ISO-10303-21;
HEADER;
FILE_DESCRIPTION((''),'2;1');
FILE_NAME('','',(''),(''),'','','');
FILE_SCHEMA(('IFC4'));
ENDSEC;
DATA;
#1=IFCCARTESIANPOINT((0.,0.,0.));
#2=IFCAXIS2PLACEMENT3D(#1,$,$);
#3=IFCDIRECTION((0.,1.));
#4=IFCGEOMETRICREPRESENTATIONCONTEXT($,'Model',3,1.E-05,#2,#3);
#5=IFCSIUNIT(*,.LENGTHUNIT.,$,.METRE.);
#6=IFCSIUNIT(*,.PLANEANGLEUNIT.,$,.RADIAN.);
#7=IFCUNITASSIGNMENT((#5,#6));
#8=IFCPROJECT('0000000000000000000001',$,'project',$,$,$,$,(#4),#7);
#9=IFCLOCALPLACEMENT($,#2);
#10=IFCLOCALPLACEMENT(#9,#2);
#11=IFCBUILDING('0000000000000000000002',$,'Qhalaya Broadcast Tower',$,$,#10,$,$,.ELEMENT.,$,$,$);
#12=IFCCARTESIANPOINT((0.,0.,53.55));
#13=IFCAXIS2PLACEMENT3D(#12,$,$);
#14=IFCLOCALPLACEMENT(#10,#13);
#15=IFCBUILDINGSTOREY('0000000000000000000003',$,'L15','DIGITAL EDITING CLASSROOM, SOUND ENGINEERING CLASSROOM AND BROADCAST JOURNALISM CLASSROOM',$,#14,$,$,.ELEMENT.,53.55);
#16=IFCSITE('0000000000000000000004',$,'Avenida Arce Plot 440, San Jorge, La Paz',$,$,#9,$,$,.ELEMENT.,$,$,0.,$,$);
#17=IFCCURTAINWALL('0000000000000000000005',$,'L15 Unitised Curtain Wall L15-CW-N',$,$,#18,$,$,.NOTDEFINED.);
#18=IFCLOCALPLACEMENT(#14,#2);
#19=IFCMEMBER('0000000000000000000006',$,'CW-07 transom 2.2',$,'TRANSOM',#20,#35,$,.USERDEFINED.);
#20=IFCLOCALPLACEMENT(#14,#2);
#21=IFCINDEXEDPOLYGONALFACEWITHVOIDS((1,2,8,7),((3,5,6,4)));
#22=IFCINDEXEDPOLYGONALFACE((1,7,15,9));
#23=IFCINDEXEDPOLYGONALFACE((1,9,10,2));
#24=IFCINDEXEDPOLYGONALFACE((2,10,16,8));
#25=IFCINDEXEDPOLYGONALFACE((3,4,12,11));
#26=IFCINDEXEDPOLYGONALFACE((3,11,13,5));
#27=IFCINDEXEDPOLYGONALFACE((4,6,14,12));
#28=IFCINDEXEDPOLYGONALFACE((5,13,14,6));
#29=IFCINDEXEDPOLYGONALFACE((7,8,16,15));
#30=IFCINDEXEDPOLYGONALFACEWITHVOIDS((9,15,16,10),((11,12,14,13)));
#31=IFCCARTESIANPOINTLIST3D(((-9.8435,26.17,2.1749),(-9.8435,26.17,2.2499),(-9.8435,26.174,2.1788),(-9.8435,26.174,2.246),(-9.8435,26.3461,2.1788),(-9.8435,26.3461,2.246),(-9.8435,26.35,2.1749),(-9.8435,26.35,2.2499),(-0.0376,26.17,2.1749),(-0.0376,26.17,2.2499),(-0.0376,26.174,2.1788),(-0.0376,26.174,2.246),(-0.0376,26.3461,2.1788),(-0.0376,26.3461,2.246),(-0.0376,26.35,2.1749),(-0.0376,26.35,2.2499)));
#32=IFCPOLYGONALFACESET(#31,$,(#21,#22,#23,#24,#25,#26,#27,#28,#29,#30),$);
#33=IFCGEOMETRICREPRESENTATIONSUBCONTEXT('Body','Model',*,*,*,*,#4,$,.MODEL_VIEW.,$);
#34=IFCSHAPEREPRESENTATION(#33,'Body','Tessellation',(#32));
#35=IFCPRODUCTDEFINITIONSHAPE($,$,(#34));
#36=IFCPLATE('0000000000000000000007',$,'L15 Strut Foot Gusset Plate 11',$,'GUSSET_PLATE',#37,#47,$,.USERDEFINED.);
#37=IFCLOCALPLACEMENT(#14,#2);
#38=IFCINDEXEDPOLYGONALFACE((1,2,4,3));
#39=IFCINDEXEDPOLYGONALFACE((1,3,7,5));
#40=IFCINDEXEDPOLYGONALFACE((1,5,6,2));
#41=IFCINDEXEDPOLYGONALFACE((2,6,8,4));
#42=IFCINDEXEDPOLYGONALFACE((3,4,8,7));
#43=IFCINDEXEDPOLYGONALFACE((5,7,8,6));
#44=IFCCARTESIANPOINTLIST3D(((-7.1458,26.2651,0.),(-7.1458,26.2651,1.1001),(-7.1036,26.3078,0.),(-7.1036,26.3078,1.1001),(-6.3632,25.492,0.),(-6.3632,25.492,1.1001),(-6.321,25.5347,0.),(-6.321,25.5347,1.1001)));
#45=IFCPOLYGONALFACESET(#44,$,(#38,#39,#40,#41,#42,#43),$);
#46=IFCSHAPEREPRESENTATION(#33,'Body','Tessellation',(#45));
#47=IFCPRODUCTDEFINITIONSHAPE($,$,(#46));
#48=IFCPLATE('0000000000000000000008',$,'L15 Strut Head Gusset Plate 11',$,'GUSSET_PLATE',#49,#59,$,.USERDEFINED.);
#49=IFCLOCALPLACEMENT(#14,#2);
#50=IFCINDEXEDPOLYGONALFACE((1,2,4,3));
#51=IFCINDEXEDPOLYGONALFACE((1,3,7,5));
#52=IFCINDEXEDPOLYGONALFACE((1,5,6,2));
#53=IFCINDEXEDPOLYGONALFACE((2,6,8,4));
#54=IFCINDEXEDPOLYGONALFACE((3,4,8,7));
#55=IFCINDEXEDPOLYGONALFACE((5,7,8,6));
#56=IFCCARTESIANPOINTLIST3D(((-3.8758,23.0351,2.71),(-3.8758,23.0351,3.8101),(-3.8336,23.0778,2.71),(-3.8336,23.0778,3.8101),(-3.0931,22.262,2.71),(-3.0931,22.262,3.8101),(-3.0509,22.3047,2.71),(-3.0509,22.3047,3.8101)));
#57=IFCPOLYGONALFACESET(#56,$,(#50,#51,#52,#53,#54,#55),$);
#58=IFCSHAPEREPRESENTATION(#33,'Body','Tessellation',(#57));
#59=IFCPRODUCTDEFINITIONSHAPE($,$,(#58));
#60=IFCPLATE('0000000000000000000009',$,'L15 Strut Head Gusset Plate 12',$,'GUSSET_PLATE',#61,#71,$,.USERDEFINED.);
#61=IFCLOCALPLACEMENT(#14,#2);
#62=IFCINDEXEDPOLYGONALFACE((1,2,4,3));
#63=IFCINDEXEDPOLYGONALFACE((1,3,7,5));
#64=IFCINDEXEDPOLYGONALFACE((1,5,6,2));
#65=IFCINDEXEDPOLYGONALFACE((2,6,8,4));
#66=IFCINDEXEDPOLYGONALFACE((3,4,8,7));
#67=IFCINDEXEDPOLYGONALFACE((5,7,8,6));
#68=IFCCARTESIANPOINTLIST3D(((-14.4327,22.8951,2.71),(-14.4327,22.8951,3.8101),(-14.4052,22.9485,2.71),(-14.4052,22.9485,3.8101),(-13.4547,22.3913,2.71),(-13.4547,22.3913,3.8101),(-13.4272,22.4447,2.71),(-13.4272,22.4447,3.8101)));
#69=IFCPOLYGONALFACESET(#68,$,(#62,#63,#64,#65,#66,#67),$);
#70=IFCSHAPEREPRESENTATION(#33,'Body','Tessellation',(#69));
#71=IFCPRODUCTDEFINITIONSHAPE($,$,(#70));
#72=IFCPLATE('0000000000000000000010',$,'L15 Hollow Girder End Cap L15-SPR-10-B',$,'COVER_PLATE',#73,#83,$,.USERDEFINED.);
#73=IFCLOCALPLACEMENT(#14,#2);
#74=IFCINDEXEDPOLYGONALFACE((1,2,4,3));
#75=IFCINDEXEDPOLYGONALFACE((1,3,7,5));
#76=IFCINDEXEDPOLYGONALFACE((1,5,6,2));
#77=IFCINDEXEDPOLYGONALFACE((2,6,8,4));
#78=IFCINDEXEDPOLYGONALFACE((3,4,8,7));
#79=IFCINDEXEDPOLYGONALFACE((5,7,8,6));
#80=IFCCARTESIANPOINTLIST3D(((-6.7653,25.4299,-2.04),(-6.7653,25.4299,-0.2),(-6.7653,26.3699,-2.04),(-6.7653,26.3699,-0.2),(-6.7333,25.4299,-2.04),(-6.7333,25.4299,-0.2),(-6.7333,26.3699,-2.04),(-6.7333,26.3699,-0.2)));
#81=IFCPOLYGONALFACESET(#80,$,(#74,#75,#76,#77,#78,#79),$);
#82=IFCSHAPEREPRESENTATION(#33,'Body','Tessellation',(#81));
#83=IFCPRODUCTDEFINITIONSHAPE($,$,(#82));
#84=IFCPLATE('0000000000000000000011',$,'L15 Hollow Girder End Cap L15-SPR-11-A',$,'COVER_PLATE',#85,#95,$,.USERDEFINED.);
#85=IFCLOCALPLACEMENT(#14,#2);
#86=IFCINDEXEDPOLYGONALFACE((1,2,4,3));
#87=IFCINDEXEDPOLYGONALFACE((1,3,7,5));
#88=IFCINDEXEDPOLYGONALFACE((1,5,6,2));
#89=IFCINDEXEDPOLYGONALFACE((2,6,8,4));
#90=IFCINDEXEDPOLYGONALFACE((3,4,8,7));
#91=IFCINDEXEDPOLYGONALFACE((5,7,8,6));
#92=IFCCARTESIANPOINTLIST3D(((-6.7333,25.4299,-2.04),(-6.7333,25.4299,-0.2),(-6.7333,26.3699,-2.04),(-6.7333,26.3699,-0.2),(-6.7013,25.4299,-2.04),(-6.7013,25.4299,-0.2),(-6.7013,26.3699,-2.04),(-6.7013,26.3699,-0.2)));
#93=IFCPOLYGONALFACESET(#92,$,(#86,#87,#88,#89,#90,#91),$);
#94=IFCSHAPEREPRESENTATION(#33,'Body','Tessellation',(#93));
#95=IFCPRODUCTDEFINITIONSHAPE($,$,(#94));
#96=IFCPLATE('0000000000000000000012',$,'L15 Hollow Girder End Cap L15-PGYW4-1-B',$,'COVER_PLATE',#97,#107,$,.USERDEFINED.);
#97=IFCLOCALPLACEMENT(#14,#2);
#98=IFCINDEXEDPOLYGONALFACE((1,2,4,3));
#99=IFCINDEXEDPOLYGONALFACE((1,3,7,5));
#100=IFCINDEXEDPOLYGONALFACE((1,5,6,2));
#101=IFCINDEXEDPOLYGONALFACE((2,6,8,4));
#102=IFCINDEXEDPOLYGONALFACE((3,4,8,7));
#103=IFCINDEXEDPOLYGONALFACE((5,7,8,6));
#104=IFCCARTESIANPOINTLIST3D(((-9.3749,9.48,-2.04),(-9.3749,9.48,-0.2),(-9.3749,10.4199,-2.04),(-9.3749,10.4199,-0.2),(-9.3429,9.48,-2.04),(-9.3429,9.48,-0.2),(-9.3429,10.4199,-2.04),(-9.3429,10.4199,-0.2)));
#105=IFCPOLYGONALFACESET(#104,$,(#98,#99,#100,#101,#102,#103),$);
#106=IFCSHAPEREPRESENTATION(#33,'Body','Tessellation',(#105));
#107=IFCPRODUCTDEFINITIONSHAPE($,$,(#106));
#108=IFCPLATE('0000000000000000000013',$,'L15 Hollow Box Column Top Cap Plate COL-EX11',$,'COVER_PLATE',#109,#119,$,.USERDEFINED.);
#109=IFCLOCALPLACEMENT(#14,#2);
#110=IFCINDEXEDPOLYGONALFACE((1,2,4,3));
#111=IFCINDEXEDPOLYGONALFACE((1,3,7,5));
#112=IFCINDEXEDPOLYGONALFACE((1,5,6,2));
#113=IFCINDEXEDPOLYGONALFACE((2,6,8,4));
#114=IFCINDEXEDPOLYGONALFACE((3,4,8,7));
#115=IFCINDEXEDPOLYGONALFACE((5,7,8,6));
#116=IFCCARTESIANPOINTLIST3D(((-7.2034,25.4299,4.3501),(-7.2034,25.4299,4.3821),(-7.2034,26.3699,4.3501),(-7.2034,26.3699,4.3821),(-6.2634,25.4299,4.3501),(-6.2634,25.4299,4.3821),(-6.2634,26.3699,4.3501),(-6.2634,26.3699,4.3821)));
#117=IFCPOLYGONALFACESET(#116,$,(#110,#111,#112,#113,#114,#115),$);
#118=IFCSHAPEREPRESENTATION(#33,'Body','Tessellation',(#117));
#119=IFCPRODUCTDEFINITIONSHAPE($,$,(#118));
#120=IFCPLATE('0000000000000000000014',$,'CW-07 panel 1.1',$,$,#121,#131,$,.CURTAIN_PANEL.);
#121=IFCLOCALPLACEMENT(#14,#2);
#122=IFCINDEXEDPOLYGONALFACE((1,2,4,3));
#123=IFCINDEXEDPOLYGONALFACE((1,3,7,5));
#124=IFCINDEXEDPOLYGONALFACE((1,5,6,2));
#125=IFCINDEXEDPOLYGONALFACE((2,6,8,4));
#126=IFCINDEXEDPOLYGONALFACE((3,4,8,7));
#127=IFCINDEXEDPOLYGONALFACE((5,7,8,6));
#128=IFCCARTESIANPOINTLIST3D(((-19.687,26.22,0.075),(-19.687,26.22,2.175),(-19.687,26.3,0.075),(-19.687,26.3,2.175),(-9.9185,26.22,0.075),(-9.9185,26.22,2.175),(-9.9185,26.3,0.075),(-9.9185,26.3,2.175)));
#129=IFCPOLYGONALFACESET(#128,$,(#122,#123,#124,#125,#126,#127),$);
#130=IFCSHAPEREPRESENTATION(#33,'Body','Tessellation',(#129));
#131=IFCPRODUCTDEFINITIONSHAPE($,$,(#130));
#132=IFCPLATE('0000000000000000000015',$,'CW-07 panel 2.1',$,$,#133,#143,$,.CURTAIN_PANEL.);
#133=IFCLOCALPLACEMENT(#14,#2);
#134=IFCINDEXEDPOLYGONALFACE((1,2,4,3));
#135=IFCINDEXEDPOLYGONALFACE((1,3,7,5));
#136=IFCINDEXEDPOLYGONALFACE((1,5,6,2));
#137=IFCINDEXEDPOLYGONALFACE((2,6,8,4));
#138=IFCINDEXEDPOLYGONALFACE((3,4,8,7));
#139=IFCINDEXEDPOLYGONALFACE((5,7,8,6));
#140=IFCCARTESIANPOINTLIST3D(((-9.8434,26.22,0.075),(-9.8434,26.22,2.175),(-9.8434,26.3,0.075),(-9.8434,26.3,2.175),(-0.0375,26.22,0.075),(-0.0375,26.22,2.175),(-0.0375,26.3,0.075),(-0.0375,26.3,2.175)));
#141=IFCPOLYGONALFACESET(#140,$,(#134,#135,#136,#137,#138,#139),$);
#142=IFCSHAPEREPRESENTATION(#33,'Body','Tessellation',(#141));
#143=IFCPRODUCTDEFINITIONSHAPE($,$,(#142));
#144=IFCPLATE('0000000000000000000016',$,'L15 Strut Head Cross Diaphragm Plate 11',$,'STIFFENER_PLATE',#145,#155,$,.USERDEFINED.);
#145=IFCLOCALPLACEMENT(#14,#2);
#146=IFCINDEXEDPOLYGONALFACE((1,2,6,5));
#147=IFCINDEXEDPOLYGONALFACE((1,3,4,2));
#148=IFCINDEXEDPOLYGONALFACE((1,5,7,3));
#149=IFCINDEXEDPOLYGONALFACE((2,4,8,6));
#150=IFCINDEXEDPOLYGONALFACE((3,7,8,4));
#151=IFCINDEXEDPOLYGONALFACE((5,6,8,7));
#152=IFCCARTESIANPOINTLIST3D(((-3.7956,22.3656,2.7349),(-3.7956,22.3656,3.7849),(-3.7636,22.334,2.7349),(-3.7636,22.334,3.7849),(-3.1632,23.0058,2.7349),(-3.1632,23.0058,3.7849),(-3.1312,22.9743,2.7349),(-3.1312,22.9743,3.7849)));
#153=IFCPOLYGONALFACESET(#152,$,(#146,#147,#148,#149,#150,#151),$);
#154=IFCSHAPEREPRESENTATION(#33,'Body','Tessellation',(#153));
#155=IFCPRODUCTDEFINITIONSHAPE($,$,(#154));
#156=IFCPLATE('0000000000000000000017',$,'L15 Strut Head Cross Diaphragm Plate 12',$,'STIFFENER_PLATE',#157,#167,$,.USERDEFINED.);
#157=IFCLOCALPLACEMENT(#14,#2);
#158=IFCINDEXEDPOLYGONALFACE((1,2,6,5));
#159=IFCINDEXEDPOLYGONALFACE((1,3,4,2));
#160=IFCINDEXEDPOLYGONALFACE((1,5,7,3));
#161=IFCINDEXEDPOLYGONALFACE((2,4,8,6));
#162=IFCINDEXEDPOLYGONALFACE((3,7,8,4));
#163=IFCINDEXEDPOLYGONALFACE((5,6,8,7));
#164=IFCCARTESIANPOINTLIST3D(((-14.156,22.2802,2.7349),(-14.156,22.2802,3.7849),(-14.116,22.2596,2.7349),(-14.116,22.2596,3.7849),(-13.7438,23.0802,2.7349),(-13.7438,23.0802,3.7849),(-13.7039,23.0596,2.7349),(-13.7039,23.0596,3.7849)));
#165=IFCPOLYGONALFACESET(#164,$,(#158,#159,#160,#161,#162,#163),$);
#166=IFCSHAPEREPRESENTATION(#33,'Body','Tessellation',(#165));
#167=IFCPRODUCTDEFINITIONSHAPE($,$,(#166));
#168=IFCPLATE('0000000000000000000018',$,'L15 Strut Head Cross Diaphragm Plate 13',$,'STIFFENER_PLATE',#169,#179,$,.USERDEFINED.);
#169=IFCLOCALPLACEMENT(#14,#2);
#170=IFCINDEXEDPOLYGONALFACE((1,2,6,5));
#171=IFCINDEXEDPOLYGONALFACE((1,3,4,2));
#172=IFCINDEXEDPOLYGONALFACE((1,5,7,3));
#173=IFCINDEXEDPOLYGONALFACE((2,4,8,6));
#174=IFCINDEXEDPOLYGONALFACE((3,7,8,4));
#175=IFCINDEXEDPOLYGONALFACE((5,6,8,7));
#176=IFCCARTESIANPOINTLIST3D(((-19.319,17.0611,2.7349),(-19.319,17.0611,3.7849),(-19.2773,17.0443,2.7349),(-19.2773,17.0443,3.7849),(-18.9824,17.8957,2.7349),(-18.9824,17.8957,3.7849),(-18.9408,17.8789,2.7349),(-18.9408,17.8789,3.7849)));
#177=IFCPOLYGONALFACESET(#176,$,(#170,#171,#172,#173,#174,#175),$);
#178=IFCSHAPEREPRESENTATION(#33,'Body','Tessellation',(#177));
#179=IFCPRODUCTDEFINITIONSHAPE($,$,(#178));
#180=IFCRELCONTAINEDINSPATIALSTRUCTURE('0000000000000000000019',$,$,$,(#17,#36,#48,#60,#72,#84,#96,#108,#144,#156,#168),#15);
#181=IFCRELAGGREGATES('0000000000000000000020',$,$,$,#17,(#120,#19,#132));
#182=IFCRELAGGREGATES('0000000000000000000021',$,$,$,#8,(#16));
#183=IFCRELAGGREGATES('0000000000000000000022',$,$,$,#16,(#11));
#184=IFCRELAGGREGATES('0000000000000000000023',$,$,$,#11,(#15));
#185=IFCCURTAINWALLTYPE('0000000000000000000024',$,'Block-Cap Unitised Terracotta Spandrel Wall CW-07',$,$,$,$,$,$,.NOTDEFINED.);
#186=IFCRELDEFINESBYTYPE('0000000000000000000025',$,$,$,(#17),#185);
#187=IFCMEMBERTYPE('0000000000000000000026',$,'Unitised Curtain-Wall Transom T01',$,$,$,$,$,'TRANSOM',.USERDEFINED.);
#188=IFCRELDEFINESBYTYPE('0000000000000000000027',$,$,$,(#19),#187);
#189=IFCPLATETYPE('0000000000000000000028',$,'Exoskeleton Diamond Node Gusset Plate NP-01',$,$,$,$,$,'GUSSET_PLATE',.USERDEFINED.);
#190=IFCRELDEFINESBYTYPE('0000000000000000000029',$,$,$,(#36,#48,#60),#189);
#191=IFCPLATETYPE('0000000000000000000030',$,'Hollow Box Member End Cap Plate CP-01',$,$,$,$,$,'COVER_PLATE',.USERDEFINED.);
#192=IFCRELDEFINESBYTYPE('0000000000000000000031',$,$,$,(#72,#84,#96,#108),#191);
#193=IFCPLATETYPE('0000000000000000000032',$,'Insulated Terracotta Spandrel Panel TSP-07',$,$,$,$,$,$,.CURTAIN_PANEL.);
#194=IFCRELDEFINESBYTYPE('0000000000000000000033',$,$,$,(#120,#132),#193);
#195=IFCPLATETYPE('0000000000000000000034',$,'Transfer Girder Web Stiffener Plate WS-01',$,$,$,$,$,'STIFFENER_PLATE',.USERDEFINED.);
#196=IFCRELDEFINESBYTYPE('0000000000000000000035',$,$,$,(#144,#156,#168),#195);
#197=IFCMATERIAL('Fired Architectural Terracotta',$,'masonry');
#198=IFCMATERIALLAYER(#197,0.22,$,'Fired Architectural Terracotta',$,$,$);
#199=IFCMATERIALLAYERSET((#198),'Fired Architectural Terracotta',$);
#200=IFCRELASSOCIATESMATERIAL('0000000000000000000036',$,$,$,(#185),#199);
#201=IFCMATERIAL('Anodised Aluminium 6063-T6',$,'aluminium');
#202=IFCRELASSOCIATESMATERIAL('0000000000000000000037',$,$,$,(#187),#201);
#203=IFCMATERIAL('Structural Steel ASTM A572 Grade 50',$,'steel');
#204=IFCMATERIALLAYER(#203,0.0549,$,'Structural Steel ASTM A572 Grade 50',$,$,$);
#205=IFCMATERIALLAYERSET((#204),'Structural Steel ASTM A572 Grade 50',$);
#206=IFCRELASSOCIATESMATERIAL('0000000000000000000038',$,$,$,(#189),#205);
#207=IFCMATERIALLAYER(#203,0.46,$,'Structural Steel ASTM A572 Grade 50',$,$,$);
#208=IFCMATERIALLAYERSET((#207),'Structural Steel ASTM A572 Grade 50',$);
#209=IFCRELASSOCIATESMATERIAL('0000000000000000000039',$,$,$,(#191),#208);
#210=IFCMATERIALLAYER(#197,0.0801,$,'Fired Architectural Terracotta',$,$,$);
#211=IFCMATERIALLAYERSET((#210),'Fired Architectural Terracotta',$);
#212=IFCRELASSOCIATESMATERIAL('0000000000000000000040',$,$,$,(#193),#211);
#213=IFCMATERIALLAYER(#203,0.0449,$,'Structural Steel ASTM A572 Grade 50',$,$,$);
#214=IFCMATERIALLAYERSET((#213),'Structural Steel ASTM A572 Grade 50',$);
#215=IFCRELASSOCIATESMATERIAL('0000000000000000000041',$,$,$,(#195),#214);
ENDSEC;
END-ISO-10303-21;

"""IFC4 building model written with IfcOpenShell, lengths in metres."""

from ifc_helpers import new_model, si_unit, direction, frame, origin, origin_2d, place, context, subcontext, project, spatial, rectangle, hollow_rectangle, extrude, material, layer, layer_set, material_profile, profile_set, type_object, element, aggregate, save


model = new_model("IFC4")

# Units and contexts
model_context = context("Model", 3, precision=1e-05, world=origin(), true_north=direction((0.0, 1.0)))
body_context = subcontext(model_context, "Body", "Model", "MODEL_VIEW")
ifc_project = project(units=[si_unit("LENGTHUNIT", "METRE"), si_unit("PLANEANGLEUNIT", "RADIAN")], contexts=[model_context])

# Site, building, storey
site_placement = place(None, origin())
site = spatial("IfcSite", under=ifc_project, at=site_placement, Name="Avenida Arce Plot 440, San Jorge, La Paz", CompositionType="ELEMENT", RefElevation=0.0)
building_placement = place(site_placement, origin())
building = spatial("IfcBuilding", under=site, at=building_placement, Name="Qhalaya Broadcast Tower", CompositionType="ELEMENT")
storey_placement = place(building_placement, frame((0.0, 0.0, 53.55)))
storey = spatial("IfcBuildingStorey", under=building, at=storey_placement, Name="L15", Description="DIGITAL EDITING CLASSROOM, SOUND ENGINEERING CLASSROOM AND BROADCAST JOURNALISM CLASSROOM", CompositionType="ELEMENT", Elevation=53.55)

# Shared definitions
ifc_material_1 = material(Name="Structural Steel ASTM A572 Grade 50", Category="steel")

# Curtain wall, member
ifc_material_2 = material(Name="Fired Architectural Terracotta", Category="masonry")
ifc_layer_1 = layer(ifc_material_2, 0.22, Name="Fired Architectural Terracotta")
ifc_layer_set_1 = layer_set([ifc_layer_1], Name="Fired Architectural Terracotta")
curtain_wall_type = type_object("IfcCurtainWallType", Name="Block-Cap Unitised Terracotta Spandrel Wall CW-07", PredefinedType="NOTDEFINED", material=ifc_layer_set_1)
curtain_wall_placement = place(storey_placement, origin())
curtain_wall = element("IfcCurtainWall", 1, at=curtain_wall_placement, inside=storey, type_object=curtain_wall_type, Name="L15 Unitised Curtain Wall L15-CW-N", PredefinedType="NOTDEFINED")
ifc_material_3 = material(Name="Anodised Aluminium 6063-T6", Category="aluminium")
ifc_material_profile_1 = material_profile(ifc_material_3, hollow_rectangle(XDim=0.075, YDim=0.1799, WallThickness=0.0039, at=origin_2d()), Name="ALU-TRN 75x180x4")
ifc_profile_set_1 = profile_set([ifc_material_profile_1], Name="Anodised Aluminium 6063-T6")
member_type_1 = type_object("IfcMemberType", Name="Unitised Curtain-Wall Transom T01", ElementType="TRANSOM", PredefinedType="USERDEFINED", material=ifc_profile_set_1)
member_1_placement = place(storey_placement, frame((-9.8435, 26.26, 2.2124), z_axis=(1.0, 0.0, 0.0), x_axis=(0.0, 0.0, 1.0)))
member_1 = element("IfcMember", 2, at=member_1_placement, type_object=member_type_1, Name="CW-07 transom 2.2", ObjectType="TRANSOM", PredefinedType="USERDEFINED", context=body_context, shape_type="SweptSolid", body=[
    extrude(hollow_rectangle(XDim=0.075, YDim=0.1799, WallThickness=0.0039, at=origin_2d()), origin(), (0.0, 0.0, 1.0), 9.8059),
])

# Plates
ifc_layer_2 = layer(ifc_material_1, 0.0549, Name="Structural Steel ASTM A572 Grade 50")
ifc_layer_set_2 = layer_set([ifc_layer_2], Name="Structural Steel ASTM A572 Grade 50")
plate_type_1 = type_object("IfcPlateType", Name="Exoskeleton Diamond Node Gusset Plate NP-01", ElementType="GUSSET_PLATE", PredefinedType="USERDEFINED", material=ifc_layer_set_2)
for number, where, z_axis, x_axis, name in (
    (3, (-6.7334, 25.8999, 0.0), (0.0, 0.0, 1.0), (0.71145, -0.702737, 0.0), "L15 Strut Foot Gusset Plate 11"),
    (4, (-3.4634, 22.6699, 2.71), (0.0, 0.0, 1.0), (0.71145, -0.702737, 0.0), "L15 Strut Head Gusset Plate 11"),
    (5, (-13.9299, 22.6699, 2.71), (0.0, 0.0, 1.0), (0.888977, -0.457951, 0.0), "L15 Strut Head Gusset Plate 12"),
):
    element("IfcPlate", number, at=place(storey_placement, frame(where, z_axis=z_axis, x_axis=x_axis)), inside=storey, type_object=plate_type_1, Name=name, ObjectType="GUSSET_PLATE", PredefinedType="USERDEFINED", context=body_context, shape_type="SweptSolid", body=[
        extrude(rectangle(XDim=1.1001, YDim=0.0601, at=origin_2d()), origin(), (0.0, 0.0, 1.0), 1.1001),
    ])
ifc_layer_3 = layer(ifc_material_1, 0.46, Name="Structural Steel ASTM A572 Grade 50")
ifc_layer_set_3 = layer_set([ifc_layer_3], Name="Structural Steel ASTM A572 Grade 50")
plate_type_2 = type_object("IfcPlateType", Name="Hollow Box Member End Cap Plate CP-01", ElementType="COVER_PLATE", PredefinedType="USERDEFINED", material=ifc_layer_set_3)
for number, where, z_axis, x_axis, name in (
    (6, (-6.7493, 25.8999, -2.04), (0.0, 0.0, 1.0), (0.0, -1.0, 0.0), "L15 Hollow Girder End Cap L15-SPR-10-B"),
    (7, (-6.7173, 25.8999, -2.04), (0.0, 0.0, 1.0), (0.0, -1.0, 0.0), "L15 Hollow Girder End Cap L15-SPR-11-A"),
    (8, (-9.3589, 9.95, -2.04), (0.0, 0.0, 1.0), (0.0, 1.0, 0.0), "L15 Hollow Girder End Cap L15-PGYW4-1-B"),
):
    element("IfcPlate", number, at=place(storey_placement, frame(where, z_axis=z_axis, x_axis=x_axis)), inside=storey, type_object=plate_type_2, Name=name, ObjectType="COVER_PLATE", PredefinedType="USERDEFINED", context=body_context, shape_type="SweptSolid", body=[
        extrude(rectangle(XDim=0.9399, YDim=0.032, at=origin_2d()), origin(), (0.0, 0.0, 1.0), 1.8401),
    ])
plate_1_placement = place(storey_placement, frame((-6.7334, 25.8999, 4.3501), z_axis=(0.0, 0.0, 1.0), x_axis=(1.0, 0.0, 0.0)))
element("IfcPlate", 9, at=plate_1_placement, inside=storey, type_object=plate_type_2, Name="L15 Hollow Box Column Top Cap Plate COL-EX11", ObjectType="COVER_PLATE", PredefinedType="USERDEFINED", context=body_context, shape_type="SweptSolid", body=[
    extrude(rectangle(XDim=0.9399, YDim=0.9399, at=origin_2d()), origin(), (0.0, 0.0, 1.0), 0.032),
])

# Plates
ifc_layer_4 = layer(ifc_material_2, 0.0801, Name="Fired Architectural Terracotta")
ifc_layer_set_4 = layer_set([ifc_layer_4], Name="Fired Architectural Terracotta")
plate_type_3 = type_object("IfcPlateType", Name="Insulated Terracotta Spandrel Panel TSP-07", PredefinedType="CURTAIN_PANEL", material=ifc_layer_set_4)
plate_2_placement = place(storey_placement, frame((-14.8027, 26.26, 0.075), z_axis=(0.0, 0.0, 1.0), x_axis=(1.0, 0.0, 0.0)))
plate_2 = element("IfcPlate", 10, at=plate_2_placement, type_object=plate_type_3, Name="CW-07 panel 1.1", PredefinedType="CURTAIN_PANEL", context=body_context, shape_type="SweptSolid", body=[
    extrude(rectangle(XDim=9.7686, YDim=0.0801, at=origin_2d()), origin(), (0.0, 0.0, 1.0), 2.1001),
])
plate_3_placement = place(storey_placement, frame((-4.9404, 26.26, 0.075), z_axis=(0.0, 0.0, 1.0), x_axis=(1.0, 0.0, 0.0)))
plate_3 = element("IfcPlate", 11, at=plate_3_placement, type_object=plate_type_3, Name="CW-07 panel 2.1", PredefinedType="CURTAIN_PANEL", context=body_context, shape_type="SweptSolid", body=[
    extrude(rectangle(XDim=9.8059, YDim=0.0801, at=origin_2d()), origin(), (0.0, 0.0, 1.0), 2.1001),
])
aggregate(curtain_wall, [plate_2, member_1, plate_3])

# Plates
ifc_layer_5 = layer(ifc_material_1, 0.0449, Name="Structural Steel ASTM A572 Grade 50")
ifc_layer_set_5 = layer_set([ifc_layer_5], Name="Structural Steel ASTM A572 Grade 50")
plate_type_4 = type_object("IfcPlateType", Name="Transfer Girder Web Stiffener Plate WS-01", ElementType="STIFFENER_PLATE", PredefinedType="USERDEFINED", material=ifc_layer_set_5)
for number, where, z_axis, x_axis, name in (
    (12, (-3.4634, 22.6699, 2.7349), (0.0, 0.0, 1.0), (0.702737, 0.71145, 0.0), "L15 Strut Head Cross Diaphragm Plate 11"),
    (13, (-13.9299, 22.6699, 2.7349), (0.0, 0.0, 1.0), (0.457951, 0.888977, 0.0), "L15 Strut Head Cross Diaphragm Plate 12"),
    (14, (-19.1299, 17.47, 2.7349), (0.0, 0.0, 1.0), (0.373992, 0.927432, 0.0), "L15 Strut Head Cross Diaphragm Plate 13"),
):
    element("IfcPlate", number, at=place(storey_placement, frame(where, z_axis=z_axis, x_axis=x_axis)), inside=storey, type_object=plate_type_4, Name=name, ObjectType="STIFFENER_PLATE", PredefinedType="USERDEFINED", context=body_context, shape_type="SweptSolid", body=[
        extrude(rectangle(XDim=0.8999, YDim=0.0449, at=origin_2d()), origin(), (0.0, 0.0, 1.0), 1.05),
    ])

save(model, "model.ifc")
